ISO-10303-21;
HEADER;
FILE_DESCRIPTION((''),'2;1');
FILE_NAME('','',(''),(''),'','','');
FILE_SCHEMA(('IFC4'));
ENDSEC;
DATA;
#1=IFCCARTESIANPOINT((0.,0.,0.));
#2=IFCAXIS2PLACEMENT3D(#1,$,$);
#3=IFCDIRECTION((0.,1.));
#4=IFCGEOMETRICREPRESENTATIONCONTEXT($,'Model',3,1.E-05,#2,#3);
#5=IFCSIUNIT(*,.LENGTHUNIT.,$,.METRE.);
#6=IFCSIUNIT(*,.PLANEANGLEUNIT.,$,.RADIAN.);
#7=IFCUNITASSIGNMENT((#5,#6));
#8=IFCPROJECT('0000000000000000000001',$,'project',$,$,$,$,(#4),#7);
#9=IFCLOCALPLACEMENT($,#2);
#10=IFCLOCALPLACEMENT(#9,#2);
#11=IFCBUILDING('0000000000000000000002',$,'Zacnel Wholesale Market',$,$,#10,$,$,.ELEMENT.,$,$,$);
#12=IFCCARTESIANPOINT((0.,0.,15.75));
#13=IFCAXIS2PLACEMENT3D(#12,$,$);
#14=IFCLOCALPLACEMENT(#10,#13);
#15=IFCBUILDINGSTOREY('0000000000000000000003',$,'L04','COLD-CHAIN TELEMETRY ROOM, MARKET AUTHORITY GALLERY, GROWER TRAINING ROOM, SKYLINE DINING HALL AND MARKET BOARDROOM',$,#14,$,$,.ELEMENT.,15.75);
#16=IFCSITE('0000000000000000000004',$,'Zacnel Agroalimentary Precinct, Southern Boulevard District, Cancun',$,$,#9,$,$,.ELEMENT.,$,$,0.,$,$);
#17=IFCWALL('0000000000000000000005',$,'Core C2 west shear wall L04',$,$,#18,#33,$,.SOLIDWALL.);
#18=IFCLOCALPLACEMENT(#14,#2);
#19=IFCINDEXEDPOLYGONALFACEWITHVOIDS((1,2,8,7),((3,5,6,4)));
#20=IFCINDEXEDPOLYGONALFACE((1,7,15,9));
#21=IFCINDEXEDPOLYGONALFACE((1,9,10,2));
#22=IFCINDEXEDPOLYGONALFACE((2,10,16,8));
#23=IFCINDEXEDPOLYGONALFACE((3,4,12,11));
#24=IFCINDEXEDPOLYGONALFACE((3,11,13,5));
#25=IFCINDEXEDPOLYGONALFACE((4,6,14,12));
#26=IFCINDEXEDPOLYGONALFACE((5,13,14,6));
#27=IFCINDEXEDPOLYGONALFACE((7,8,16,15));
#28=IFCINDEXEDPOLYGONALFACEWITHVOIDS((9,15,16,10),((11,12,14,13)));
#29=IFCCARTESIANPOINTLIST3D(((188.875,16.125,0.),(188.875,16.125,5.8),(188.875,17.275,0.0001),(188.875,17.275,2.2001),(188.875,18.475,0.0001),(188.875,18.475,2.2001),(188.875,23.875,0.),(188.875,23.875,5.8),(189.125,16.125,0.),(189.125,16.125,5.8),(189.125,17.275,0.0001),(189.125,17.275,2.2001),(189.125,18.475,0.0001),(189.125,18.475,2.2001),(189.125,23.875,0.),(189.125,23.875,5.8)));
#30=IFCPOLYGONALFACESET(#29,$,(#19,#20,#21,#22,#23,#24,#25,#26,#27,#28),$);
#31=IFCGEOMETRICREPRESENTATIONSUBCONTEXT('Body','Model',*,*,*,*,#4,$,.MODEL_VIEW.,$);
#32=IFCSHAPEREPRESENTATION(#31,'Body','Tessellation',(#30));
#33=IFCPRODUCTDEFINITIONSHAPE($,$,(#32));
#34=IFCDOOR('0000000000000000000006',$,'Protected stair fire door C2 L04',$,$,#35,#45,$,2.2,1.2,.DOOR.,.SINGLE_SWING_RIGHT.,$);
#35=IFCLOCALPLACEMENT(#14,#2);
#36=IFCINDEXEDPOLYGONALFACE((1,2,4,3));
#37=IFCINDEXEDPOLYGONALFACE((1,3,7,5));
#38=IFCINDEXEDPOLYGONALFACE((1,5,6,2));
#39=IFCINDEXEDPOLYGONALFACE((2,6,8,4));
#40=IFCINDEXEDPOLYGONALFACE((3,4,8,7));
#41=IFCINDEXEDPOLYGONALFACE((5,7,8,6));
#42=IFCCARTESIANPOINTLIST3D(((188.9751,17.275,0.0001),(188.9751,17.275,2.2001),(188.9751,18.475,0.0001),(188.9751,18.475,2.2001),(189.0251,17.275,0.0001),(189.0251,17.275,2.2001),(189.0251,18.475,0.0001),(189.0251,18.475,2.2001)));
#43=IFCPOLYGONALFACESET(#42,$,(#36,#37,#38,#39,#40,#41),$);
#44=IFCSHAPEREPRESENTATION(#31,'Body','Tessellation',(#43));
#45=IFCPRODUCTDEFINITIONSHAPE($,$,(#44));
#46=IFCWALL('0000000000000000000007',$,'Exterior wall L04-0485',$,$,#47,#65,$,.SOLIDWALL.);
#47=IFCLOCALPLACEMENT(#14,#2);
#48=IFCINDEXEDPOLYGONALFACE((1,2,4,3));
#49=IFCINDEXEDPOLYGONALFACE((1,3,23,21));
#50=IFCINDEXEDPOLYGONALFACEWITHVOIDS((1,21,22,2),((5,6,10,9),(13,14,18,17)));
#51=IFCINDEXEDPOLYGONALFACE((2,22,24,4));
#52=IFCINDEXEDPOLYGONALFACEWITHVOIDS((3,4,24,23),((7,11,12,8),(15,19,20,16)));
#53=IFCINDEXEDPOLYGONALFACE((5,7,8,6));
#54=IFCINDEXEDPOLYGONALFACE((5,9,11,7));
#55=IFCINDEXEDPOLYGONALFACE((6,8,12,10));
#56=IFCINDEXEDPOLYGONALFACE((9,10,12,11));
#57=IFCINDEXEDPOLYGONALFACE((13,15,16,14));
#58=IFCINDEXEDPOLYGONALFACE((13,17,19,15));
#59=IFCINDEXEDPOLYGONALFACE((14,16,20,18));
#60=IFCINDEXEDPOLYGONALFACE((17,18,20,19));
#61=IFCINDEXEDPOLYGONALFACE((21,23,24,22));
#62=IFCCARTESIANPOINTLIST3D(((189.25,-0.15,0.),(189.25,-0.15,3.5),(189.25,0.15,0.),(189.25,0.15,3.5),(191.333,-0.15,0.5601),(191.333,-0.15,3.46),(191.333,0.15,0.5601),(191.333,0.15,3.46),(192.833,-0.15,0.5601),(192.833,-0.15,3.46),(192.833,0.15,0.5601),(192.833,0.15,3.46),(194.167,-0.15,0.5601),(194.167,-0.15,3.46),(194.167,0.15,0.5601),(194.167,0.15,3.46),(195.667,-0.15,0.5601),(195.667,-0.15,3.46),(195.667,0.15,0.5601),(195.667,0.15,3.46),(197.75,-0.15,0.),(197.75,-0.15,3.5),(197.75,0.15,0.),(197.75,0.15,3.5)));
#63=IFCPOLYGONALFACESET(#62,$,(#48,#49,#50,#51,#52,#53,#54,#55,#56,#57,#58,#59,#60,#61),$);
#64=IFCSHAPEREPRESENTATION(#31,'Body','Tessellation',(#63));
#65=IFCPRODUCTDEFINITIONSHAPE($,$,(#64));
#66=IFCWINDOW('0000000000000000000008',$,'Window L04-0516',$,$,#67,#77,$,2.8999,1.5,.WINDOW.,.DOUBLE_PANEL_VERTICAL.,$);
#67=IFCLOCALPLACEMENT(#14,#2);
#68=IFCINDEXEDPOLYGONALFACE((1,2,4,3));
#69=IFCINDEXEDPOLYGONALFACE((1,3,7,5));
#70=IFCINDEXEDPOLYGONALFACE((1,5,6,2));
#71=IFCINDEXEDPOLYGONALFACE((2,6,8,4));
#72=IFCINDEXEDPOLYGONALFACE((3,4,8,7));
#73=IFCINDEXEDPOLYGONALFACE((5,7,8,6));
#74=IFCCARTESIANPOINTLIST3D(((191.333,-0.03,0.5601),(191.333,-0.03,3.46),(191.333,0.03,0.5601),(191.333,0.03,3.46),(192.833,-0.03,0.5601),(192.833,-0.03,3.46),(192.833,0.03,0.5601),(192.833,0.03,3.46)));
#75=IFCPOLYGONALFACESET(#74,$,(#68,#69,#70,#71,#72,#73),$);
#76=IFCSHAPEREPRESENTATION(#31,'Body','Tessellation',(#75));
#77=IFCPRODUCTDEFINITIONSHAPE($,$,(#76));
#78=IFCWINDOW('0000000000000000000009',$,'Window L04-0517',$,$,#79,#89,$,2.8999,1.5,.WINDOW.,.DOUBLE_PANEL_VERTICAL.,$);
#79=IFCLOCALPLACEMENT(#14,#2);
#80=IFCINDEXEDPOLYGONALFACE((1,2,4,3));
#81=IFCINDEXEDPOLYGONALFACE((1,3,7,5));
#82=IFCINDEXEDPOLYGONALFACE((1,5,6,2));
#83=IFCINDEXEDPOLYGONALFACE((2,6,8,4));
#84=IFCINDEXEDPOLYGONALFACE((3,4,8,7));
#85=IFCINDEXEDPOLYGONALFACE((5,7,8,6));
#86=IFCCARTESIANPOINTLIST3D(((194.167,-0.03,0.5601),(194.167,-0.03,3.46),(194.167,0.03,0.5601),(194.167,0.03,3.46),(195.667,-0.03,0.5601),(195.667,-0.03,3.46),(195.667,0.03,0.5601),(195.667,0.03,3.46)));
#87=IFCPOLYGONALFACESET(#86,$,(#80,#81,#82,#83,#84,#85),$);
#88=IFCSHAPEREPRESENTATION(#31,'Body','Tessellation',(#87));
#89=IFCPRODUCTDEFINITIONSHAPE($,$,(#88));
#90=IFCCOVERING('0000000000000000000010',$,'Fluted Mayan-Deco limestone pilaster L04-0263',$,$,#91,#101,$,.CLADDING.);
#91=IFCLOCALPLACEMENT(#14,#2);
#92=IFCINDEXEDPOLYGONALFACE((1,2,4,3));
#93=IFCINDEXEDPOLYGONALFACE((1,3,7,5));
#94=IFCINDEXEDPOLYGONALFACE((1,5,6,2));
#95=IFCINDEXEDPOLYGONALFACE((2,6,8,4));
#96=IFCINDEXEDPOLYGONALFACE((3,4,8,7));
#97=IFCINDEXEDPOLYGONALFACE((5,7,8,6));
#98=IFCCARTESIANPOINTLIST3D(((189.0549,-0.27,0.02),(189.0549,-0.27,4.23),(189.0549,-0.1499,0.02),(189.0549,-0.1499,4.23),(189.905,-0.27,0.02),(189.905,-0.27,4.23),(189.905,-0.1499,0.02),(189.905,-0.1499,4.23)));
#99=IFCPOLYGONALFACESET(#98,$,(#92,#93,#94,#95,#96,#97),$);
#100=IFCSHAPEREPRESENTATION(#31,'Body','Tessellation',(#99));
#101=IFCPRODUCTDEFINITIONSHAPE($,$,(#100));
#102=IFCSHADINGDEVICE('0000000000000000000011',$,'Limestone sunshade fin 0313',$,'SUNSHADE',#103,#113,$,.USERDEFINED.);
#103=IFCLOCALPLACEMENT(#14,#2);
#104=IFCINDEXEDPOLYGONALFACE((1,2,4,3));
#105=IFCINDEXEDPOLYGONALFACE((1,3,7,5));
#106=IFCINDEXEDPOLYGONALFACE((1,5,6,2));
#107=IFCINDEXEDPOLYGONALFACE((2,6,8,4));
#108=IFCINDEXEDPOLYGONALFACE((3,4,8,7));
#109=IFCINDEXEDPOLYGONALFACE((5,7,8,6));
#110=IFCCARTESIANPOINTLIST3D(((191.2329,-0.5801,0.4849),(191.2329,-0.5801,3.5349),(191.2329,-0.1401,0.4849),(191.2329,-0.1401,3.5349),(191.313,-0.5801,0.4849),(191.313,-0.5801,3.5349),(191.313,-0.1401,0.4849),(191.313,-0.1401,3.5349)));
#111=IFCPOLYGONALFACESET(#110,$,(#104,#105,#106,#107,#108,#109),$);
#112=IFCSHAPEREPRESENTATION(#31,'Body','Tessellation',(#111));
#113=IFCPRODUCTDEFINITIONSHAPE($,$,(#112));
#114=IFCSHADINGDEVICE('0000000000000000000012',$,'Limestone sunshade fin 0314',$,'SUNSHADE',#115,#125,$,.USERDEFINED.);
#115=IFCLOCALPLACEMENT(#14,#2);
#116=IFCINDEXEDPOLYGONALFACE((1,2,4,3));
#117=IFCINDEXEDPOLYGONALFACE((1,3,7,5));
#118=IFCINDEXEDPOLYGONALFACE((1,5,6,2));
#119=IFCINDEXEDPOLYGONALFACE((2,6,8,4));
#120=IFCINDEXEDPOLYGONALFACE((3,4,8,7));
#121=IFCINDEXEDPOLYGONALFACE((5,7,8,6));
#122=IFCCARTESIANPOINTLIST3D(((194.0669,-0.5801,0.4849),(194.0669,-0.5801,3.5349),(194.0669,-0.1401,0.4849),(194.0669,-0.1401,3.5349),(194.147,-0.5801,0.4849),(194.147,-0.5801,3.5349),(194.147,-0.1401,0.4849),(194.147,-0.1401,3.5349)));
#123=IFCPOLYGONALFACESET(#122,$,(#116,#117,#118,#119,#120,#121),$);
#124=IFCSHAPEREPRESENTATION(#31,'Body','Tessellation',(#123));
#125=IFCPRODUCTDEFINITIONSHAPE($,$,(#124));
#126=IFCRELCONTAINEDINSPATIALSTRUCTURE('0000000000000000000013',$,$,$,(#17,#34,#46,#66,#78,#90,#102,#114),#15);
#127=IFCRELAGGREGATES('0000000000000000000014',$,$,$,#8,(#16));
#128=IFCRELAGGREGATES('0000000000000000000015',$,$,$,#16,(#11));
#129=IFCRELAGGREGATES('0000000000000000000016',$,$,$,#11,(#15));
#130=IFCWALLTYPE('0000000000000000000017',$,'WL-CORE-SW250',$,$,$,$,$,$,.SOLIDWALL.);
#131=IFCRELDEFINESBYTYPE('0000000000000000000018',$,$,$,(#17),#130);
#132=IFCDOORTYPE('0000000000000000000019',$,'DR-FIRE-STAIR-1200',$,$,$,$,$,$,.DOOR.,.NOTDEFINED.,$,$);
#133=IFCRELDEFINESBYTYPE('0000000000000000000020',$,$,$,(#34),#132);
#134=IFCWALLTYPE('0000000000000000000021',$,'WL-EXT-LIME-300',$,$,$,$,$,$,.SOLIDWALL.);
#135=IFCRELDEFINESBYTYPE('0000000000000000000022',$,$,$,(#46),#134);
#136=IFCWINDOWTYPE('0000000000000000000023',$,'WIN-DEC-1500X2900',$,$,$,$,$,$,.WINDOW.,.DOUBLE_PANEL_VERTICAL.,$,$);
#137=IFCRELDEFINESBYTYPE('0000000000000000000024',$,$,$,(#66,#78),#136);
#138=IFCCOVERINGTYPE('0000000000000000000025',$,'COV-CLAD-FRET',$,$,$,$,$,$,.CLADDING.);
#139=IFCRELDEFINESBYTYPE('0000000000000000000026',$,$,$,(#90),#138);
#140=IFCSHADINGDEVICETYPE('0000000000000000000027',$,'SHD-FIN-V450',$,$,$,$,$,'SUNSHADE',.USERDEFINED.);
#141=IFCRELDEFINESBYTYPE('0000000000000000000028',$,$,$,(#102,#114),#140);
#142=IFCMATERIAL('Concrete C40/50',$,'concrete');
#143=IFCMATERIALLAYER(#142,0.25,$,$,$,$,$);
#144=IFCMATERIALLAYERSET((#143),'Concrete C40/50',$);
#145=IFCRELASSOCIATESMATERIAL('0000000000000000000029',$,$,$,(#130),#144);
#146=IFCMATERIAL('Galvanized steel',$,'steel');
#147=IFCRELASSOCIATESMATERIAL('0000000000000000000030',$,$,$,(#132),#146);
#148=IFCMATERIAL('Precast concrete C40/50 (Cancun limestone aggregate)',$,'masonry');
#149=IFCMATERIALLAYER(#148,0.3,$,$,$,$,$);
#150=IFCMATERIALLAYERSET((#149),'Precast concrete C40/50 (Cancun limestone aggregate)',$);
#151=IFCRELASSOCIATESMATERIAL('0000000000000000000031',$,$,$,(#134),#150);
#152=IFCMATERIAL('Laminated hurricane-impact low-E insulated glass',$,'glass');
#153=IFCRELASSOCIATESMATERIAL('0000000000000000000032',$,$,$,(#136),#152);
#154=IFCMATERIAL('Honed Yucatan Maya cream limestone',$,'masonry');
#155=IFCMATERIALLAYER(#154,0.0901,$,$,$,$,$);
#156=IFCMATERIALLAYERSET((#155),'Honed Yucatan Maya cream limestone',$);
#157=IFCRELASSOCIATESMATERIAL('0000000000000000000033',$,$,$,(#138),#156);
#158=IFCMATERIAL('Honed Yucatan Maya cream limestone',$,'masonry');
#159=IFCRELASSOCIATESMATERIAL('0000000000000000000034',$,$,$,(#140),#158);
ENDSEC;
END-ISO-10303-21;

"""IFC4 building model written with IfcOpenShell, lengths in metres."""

from ifc_helpers import new_model, si_unit, direction, frame, frame_2d, origin, origin_2d, place, context, subcontext, project, spatial, rectangle, extrude, material, layer, layer_set, type_object, element, fill, save


model = new_model("IFC4")

# Units and contexts
model_context = context("Model", 3, precision=1e-05, world=origin(), true_north=direction((0.0, 1.0)))
body_context = subcontext(model_context, "Body", "Model", "MODEL_VIEW")
ifc_project = project(units=[si_unit("LENGTHUNIT", "METRE"), si_unit("PLANEANGLEUNIT", "RADIAN")], contexts=[model_context])

# Site, building, storey
site_placement = place(None, origin())
site = spatial("IfcSite", under=ifc_project, at=site_placement, Name="Zacnel Agroalimentary Precinct, Southern Boulevard District, Cancun", CompositionType="ELEMENT", RefElevation=0.0)
building_placement = place(site_placement, origin())
building = spatial("IfcBuilding", under=site, at=building_placement, Name="Zacnel Wholesale Market", CompositionType="ELEMENT")
storey_placement = place(building_placement, frame((0.0, 0.0, 15.75)))
storey = spatial("IfcBuildingStorey", under=building, at=storey_placement, Name="L04", Description="COLD-CHAIN TELEMETRY ROOM, MARKET AUTHORITY GALLERY, GROWER TRAINING ROOM, SKYLINE DINING HALL AND MARKET BOARDROOM", CompositionType="ELEMENT", Elevation=15.75)

# Wall, opening, door
ifc_material_1 = material(Name="Concrete C40/50", Category="concrete")
ifc_layer_1 = layer(ifc_material_1, 0.25)
ifc_layer_set_1 = layer_set([ifc_layer_1], Name="Concrete C40/50")
wall_type_1 = type_object("IfcWallType", Name="WL-CORE-SW250", PredefinedType="SOLIDWALL", material=ifc_layer_set_1)
wall_1_placement = place(storey_placement, frame((189.0, 16.125, 0.0), z_axis=(0.0, 0.0, 1.0), x_axis=(0.0, 1.0, 0.0)))
wall_1 = element("IfcWall", 1, at=wall_1_placement, inside=storey, type_object=wall_type_1, Name="Core C2 west shear wall L04", PredefinedType="SOLIDWALL", context=body_context, shape_type="SweptSolid", body=[
    extrude(rectangle(XDim=7.75, YDim=0.25, at=frame_2d((3.875, 0.0))), origin(), (0.0, 0.0, 1.0), 5.8),
])
opening_1_placement = place(wall_1_placement, frame((1.1499, 0.0, 0.0)))
opening_1 = element("IfcOpeningElement", 2, at=opening_1_placement, cuts=wall_1, PredefinedType="OPENING", context=body_context, shape_type="SweptSolid", body=[
    extrude(rectangle(XDim=1.2, YDim=2.2, at=frame_2d((0.6001, 1.1001))), frame((0.0, 0.135, 0.0), z_axis=(0.0, -1.0, 0.0), x_axis=(1.0, 0.0, 0.0)), (0.0, 0.0, 1.0), 0.27),
])
ifc_material_2 = material(Name="Galvanized steel", Category="steel")
door_type_1 = type_object("IfcDoorType", Name="DR-FIRE-STAIR-1200", OperationType="NOTDEFINED", PredefinedType="DOOR", material=ifc_material_2)
door_1_placement = place(opening_1_placement, origin())
door_1 = element("IfcDoor", 3, at=door_1_placement, inside=storey, type_object=door_type_1, Name="Protected stair fire door C2 L04", OperationType="SINGLE_SWING_RIGHT", OverallHeight=2.2, OverallWidth=1.2, PredefinedType="DOOR", context=body_context, shape_type="SweptSolid", body=[
    extrude(rectangle(XDim=1.2, YDim=2.2, at=frame_2d((0.6001, 1.1001))), frame((0.0, 0.0249, 0.0), z_axis=(0.0, -1.0, 0.0), x_axis=(1.0, 0.0, 0.0)), (0.0, 0.0, 1.0), 0.05),
])
fill(opening_1, door_1)

# Wall, openings, windows
ifc_material_3 = material(Name="Precast concrete C40/50 (Cancun limestone aggregate)", Category="masonry")
ifc_layer_2 = layer(ifc_material_3, 0.3)
ifc_layer_set_2 = layer_set([ifc_layer_2], Name="Precast concrete C40/50 (Cancun limestone aggregate)")
wall_type_2 = type_object("IfcWallType", Name="WL-EXT-LIME-300", PredefinedType="SOLIDWALL", material=ifc_layer_set_2)
wall_2_placement = place(storey_placement, frame((189.25, 0.0, 0.0), z_axis=(0.0, 0.0, 1.0), x_axis=(1.0, 0.0, 0.0)))
wall_2 = element("IfcWall", 4, at=wall_2_placement, inside=storey, type_object=wall_type_2, Name="Exterior wall L04-0485", PredefinedType="SOLIDWALL", context=body_context, shape_type="SweptSolid", body=[
    extrude(rectangle(XDim=8.5, YDim=0.3, at=frame_2d((4.25, 0.0))), origin(), (0.0, 0.0, 1.0), 3.5),
])
opening_2_placement = place(wall_2_placement, frame((2.083, 0.0, 0.5601)))
opening_2 = element("IfcOpeningElement", 5, at=opening_2_placement, cuts=wall_2, PredefinedType="OPENING", context=body_context, shape_type="SweptSolid", body=[
    extrude(rectangle(XDim=1.5, YDim=2.8999, at=frame_2d((0.75, 1.45))), frame((0.0, 0.1599, 0.0), z_axis=(0.0, -1.0, 0.0), x_axis=(1.0, 0.0, 0.0)), (0.0, 0.0, 1.0), 0.3201),
])
opening_3_placement = place(wall_2_placement, frame((4.917, 0.0, 0.5601)))
opening_3 = element("IfcOpeningElement", 6, at=opening_3_placement, cuts=wall_2, PredefinedType="OPENING", context=body_context, shape_type="SweptSolid", body=[
    extrude(rectangle(XDim=1.5, YDim=2.8999, at=frame_2d((0.75, 1.45))), frame((0.0, 0.1599, 0.0), z_axis=(0.0, -1.0, 0.0), x_axis=(1.0, 0.0, 0.0)), (0.0, 0.0, 1.0), 0.3201),
])
ifc_material_4 = material(Name="Laminated hurricane-impact low-E insulated glass", Category="glass")
window_type = type_object("IfcWindowType", Name="WIN-DEC-1500X2900", PartitioningType="DOUBLE_PANEL_VERTICAL", PredefinedType="WINDOW", material=ifc_material_4)
window_1_placement = place(opening_2_placement, origin())
window_1 = element("IfcWindow", 7, at=window_1_placement, inside=storey, type_object=window_type, Name="Window L04-0516", OverallHeight=2.8999, OverallWidth=1.5, PartitioningType="DOUBLE_PANEL_VERTICAL", PredefinedType="WINDOW", context=body_context, shape_type="SweptSolid", body=[
    extrude(rectangle(XDim=1.5, YDim=2.8999, at=frame_2d((0.75, 1.45))), frame((0.0, 0.03, 0.0), z_axis=(0.0, -1.0, 0.0), x_axis=(1.0, 0.0, 0.0)), (0.0, 0.0, 1.0), 0.0601),
])
fill(opening_2, window_1)
window_2_placement = place(opening_3_placement, origin())
window_2 = element("IfcWindow", 8, at=window_2_placement, inside=storey, type_object=window_type, Name="Window L04-0517", OverallHeight=2.8999, OverallWidth=1.5, PartitioningType="DOUBLE_PANEL_VERTICAL", PredefinedType="WINDOW", context=body_context, shape_type="SweptSolid", body=[
    extrude(rectangle(XDim=1.5, YDim=2.8999, at=frame_2d((0.75, 1.45))), frame((0.0, 0.03, 0.0), z_axis=(0.0, -1.0, 0.0), x_axis=(1.0, 0.0, 0.0)), (0.0, 0.0, 1.0), 0.0601),
])
fill(opening_3, window_2)

# Covering
ifc_material_5 = material(Name="Honed Yucatan Maya cream limestone", Category="masonry")
ifc_layer_3 = layer(ifc_material_5, 0.0901)
ifc_layer_set_3 = layer_set([ifc_layer_3], Name="Honed Yucatan Maya cream limestone")
covering_type = type_object("IfcCoveringType", Name="COV-CLAD-FRET", PredefinedType="CLADDING", material=ifc_layer_set_3)
covering_placement = place(storey_placement, frame((189.48, -0.21, 0.02), z_axis=(0.0, 0.0, 1.0), x_axis=(1.0, 0.0, 0.0)))
element("IfcCovering", 9, at=covering_placement, inside=storey, type_object=covering_type, Name="Fluted Mayan-Deco limestone pilaster L04-0263", PredefinedType="CLADDING", context=body_context, shape_type="SweptSolid", body=[
    extrude(rectangle(XDim=0.8501, YDim=0.1201, at=origin_2d()), origin(), (0.0, 0.0, 1.0), 4.21),
])

# Shading devices
ifc_material_6 = material(Name="Honed Yucatan Maya cream limestone", Category="masonry")
shading_device_type = type_object("IfcShadingDeviceType", Name="SHD-FIN-V450", ElementType="SUNSHADE", PredefinedType="USERDEFINED", material=ifc_material_6)
for number, where, z_axis, x_axis, name in (
    (10, (191.2729, -0.3601, 0.4849), (0.0, 0.0, 1.0), (1.0, 0.0, 0.0), "Limestone sunshade fin 0313"),
    (11, (194.1069, -0.3601, 0.4849), (0.0, 0.0, 1.0), (1.0, 0.0, 0.0), "Limestone sunshade fin 0314"),
):
    element("IfcShadingDevice", number, at=place(storey_placement, frame(where, z_axis=z_axis, x_axis=x_axis)), inside=storey, type_object=shading_device_type, Name=name, ObjectType="SUNSHADE", PredefinedType="USERDEFINED", context=body_context, shape_type="SweptSolid", body=[
        extrude(rectangle(XDim=0.0801, YDim=0.4399, at=origin_2d()), origin(), (0.0, 0.0, 1.0), 3.05),
    ])

save(model, "model.ifc")
